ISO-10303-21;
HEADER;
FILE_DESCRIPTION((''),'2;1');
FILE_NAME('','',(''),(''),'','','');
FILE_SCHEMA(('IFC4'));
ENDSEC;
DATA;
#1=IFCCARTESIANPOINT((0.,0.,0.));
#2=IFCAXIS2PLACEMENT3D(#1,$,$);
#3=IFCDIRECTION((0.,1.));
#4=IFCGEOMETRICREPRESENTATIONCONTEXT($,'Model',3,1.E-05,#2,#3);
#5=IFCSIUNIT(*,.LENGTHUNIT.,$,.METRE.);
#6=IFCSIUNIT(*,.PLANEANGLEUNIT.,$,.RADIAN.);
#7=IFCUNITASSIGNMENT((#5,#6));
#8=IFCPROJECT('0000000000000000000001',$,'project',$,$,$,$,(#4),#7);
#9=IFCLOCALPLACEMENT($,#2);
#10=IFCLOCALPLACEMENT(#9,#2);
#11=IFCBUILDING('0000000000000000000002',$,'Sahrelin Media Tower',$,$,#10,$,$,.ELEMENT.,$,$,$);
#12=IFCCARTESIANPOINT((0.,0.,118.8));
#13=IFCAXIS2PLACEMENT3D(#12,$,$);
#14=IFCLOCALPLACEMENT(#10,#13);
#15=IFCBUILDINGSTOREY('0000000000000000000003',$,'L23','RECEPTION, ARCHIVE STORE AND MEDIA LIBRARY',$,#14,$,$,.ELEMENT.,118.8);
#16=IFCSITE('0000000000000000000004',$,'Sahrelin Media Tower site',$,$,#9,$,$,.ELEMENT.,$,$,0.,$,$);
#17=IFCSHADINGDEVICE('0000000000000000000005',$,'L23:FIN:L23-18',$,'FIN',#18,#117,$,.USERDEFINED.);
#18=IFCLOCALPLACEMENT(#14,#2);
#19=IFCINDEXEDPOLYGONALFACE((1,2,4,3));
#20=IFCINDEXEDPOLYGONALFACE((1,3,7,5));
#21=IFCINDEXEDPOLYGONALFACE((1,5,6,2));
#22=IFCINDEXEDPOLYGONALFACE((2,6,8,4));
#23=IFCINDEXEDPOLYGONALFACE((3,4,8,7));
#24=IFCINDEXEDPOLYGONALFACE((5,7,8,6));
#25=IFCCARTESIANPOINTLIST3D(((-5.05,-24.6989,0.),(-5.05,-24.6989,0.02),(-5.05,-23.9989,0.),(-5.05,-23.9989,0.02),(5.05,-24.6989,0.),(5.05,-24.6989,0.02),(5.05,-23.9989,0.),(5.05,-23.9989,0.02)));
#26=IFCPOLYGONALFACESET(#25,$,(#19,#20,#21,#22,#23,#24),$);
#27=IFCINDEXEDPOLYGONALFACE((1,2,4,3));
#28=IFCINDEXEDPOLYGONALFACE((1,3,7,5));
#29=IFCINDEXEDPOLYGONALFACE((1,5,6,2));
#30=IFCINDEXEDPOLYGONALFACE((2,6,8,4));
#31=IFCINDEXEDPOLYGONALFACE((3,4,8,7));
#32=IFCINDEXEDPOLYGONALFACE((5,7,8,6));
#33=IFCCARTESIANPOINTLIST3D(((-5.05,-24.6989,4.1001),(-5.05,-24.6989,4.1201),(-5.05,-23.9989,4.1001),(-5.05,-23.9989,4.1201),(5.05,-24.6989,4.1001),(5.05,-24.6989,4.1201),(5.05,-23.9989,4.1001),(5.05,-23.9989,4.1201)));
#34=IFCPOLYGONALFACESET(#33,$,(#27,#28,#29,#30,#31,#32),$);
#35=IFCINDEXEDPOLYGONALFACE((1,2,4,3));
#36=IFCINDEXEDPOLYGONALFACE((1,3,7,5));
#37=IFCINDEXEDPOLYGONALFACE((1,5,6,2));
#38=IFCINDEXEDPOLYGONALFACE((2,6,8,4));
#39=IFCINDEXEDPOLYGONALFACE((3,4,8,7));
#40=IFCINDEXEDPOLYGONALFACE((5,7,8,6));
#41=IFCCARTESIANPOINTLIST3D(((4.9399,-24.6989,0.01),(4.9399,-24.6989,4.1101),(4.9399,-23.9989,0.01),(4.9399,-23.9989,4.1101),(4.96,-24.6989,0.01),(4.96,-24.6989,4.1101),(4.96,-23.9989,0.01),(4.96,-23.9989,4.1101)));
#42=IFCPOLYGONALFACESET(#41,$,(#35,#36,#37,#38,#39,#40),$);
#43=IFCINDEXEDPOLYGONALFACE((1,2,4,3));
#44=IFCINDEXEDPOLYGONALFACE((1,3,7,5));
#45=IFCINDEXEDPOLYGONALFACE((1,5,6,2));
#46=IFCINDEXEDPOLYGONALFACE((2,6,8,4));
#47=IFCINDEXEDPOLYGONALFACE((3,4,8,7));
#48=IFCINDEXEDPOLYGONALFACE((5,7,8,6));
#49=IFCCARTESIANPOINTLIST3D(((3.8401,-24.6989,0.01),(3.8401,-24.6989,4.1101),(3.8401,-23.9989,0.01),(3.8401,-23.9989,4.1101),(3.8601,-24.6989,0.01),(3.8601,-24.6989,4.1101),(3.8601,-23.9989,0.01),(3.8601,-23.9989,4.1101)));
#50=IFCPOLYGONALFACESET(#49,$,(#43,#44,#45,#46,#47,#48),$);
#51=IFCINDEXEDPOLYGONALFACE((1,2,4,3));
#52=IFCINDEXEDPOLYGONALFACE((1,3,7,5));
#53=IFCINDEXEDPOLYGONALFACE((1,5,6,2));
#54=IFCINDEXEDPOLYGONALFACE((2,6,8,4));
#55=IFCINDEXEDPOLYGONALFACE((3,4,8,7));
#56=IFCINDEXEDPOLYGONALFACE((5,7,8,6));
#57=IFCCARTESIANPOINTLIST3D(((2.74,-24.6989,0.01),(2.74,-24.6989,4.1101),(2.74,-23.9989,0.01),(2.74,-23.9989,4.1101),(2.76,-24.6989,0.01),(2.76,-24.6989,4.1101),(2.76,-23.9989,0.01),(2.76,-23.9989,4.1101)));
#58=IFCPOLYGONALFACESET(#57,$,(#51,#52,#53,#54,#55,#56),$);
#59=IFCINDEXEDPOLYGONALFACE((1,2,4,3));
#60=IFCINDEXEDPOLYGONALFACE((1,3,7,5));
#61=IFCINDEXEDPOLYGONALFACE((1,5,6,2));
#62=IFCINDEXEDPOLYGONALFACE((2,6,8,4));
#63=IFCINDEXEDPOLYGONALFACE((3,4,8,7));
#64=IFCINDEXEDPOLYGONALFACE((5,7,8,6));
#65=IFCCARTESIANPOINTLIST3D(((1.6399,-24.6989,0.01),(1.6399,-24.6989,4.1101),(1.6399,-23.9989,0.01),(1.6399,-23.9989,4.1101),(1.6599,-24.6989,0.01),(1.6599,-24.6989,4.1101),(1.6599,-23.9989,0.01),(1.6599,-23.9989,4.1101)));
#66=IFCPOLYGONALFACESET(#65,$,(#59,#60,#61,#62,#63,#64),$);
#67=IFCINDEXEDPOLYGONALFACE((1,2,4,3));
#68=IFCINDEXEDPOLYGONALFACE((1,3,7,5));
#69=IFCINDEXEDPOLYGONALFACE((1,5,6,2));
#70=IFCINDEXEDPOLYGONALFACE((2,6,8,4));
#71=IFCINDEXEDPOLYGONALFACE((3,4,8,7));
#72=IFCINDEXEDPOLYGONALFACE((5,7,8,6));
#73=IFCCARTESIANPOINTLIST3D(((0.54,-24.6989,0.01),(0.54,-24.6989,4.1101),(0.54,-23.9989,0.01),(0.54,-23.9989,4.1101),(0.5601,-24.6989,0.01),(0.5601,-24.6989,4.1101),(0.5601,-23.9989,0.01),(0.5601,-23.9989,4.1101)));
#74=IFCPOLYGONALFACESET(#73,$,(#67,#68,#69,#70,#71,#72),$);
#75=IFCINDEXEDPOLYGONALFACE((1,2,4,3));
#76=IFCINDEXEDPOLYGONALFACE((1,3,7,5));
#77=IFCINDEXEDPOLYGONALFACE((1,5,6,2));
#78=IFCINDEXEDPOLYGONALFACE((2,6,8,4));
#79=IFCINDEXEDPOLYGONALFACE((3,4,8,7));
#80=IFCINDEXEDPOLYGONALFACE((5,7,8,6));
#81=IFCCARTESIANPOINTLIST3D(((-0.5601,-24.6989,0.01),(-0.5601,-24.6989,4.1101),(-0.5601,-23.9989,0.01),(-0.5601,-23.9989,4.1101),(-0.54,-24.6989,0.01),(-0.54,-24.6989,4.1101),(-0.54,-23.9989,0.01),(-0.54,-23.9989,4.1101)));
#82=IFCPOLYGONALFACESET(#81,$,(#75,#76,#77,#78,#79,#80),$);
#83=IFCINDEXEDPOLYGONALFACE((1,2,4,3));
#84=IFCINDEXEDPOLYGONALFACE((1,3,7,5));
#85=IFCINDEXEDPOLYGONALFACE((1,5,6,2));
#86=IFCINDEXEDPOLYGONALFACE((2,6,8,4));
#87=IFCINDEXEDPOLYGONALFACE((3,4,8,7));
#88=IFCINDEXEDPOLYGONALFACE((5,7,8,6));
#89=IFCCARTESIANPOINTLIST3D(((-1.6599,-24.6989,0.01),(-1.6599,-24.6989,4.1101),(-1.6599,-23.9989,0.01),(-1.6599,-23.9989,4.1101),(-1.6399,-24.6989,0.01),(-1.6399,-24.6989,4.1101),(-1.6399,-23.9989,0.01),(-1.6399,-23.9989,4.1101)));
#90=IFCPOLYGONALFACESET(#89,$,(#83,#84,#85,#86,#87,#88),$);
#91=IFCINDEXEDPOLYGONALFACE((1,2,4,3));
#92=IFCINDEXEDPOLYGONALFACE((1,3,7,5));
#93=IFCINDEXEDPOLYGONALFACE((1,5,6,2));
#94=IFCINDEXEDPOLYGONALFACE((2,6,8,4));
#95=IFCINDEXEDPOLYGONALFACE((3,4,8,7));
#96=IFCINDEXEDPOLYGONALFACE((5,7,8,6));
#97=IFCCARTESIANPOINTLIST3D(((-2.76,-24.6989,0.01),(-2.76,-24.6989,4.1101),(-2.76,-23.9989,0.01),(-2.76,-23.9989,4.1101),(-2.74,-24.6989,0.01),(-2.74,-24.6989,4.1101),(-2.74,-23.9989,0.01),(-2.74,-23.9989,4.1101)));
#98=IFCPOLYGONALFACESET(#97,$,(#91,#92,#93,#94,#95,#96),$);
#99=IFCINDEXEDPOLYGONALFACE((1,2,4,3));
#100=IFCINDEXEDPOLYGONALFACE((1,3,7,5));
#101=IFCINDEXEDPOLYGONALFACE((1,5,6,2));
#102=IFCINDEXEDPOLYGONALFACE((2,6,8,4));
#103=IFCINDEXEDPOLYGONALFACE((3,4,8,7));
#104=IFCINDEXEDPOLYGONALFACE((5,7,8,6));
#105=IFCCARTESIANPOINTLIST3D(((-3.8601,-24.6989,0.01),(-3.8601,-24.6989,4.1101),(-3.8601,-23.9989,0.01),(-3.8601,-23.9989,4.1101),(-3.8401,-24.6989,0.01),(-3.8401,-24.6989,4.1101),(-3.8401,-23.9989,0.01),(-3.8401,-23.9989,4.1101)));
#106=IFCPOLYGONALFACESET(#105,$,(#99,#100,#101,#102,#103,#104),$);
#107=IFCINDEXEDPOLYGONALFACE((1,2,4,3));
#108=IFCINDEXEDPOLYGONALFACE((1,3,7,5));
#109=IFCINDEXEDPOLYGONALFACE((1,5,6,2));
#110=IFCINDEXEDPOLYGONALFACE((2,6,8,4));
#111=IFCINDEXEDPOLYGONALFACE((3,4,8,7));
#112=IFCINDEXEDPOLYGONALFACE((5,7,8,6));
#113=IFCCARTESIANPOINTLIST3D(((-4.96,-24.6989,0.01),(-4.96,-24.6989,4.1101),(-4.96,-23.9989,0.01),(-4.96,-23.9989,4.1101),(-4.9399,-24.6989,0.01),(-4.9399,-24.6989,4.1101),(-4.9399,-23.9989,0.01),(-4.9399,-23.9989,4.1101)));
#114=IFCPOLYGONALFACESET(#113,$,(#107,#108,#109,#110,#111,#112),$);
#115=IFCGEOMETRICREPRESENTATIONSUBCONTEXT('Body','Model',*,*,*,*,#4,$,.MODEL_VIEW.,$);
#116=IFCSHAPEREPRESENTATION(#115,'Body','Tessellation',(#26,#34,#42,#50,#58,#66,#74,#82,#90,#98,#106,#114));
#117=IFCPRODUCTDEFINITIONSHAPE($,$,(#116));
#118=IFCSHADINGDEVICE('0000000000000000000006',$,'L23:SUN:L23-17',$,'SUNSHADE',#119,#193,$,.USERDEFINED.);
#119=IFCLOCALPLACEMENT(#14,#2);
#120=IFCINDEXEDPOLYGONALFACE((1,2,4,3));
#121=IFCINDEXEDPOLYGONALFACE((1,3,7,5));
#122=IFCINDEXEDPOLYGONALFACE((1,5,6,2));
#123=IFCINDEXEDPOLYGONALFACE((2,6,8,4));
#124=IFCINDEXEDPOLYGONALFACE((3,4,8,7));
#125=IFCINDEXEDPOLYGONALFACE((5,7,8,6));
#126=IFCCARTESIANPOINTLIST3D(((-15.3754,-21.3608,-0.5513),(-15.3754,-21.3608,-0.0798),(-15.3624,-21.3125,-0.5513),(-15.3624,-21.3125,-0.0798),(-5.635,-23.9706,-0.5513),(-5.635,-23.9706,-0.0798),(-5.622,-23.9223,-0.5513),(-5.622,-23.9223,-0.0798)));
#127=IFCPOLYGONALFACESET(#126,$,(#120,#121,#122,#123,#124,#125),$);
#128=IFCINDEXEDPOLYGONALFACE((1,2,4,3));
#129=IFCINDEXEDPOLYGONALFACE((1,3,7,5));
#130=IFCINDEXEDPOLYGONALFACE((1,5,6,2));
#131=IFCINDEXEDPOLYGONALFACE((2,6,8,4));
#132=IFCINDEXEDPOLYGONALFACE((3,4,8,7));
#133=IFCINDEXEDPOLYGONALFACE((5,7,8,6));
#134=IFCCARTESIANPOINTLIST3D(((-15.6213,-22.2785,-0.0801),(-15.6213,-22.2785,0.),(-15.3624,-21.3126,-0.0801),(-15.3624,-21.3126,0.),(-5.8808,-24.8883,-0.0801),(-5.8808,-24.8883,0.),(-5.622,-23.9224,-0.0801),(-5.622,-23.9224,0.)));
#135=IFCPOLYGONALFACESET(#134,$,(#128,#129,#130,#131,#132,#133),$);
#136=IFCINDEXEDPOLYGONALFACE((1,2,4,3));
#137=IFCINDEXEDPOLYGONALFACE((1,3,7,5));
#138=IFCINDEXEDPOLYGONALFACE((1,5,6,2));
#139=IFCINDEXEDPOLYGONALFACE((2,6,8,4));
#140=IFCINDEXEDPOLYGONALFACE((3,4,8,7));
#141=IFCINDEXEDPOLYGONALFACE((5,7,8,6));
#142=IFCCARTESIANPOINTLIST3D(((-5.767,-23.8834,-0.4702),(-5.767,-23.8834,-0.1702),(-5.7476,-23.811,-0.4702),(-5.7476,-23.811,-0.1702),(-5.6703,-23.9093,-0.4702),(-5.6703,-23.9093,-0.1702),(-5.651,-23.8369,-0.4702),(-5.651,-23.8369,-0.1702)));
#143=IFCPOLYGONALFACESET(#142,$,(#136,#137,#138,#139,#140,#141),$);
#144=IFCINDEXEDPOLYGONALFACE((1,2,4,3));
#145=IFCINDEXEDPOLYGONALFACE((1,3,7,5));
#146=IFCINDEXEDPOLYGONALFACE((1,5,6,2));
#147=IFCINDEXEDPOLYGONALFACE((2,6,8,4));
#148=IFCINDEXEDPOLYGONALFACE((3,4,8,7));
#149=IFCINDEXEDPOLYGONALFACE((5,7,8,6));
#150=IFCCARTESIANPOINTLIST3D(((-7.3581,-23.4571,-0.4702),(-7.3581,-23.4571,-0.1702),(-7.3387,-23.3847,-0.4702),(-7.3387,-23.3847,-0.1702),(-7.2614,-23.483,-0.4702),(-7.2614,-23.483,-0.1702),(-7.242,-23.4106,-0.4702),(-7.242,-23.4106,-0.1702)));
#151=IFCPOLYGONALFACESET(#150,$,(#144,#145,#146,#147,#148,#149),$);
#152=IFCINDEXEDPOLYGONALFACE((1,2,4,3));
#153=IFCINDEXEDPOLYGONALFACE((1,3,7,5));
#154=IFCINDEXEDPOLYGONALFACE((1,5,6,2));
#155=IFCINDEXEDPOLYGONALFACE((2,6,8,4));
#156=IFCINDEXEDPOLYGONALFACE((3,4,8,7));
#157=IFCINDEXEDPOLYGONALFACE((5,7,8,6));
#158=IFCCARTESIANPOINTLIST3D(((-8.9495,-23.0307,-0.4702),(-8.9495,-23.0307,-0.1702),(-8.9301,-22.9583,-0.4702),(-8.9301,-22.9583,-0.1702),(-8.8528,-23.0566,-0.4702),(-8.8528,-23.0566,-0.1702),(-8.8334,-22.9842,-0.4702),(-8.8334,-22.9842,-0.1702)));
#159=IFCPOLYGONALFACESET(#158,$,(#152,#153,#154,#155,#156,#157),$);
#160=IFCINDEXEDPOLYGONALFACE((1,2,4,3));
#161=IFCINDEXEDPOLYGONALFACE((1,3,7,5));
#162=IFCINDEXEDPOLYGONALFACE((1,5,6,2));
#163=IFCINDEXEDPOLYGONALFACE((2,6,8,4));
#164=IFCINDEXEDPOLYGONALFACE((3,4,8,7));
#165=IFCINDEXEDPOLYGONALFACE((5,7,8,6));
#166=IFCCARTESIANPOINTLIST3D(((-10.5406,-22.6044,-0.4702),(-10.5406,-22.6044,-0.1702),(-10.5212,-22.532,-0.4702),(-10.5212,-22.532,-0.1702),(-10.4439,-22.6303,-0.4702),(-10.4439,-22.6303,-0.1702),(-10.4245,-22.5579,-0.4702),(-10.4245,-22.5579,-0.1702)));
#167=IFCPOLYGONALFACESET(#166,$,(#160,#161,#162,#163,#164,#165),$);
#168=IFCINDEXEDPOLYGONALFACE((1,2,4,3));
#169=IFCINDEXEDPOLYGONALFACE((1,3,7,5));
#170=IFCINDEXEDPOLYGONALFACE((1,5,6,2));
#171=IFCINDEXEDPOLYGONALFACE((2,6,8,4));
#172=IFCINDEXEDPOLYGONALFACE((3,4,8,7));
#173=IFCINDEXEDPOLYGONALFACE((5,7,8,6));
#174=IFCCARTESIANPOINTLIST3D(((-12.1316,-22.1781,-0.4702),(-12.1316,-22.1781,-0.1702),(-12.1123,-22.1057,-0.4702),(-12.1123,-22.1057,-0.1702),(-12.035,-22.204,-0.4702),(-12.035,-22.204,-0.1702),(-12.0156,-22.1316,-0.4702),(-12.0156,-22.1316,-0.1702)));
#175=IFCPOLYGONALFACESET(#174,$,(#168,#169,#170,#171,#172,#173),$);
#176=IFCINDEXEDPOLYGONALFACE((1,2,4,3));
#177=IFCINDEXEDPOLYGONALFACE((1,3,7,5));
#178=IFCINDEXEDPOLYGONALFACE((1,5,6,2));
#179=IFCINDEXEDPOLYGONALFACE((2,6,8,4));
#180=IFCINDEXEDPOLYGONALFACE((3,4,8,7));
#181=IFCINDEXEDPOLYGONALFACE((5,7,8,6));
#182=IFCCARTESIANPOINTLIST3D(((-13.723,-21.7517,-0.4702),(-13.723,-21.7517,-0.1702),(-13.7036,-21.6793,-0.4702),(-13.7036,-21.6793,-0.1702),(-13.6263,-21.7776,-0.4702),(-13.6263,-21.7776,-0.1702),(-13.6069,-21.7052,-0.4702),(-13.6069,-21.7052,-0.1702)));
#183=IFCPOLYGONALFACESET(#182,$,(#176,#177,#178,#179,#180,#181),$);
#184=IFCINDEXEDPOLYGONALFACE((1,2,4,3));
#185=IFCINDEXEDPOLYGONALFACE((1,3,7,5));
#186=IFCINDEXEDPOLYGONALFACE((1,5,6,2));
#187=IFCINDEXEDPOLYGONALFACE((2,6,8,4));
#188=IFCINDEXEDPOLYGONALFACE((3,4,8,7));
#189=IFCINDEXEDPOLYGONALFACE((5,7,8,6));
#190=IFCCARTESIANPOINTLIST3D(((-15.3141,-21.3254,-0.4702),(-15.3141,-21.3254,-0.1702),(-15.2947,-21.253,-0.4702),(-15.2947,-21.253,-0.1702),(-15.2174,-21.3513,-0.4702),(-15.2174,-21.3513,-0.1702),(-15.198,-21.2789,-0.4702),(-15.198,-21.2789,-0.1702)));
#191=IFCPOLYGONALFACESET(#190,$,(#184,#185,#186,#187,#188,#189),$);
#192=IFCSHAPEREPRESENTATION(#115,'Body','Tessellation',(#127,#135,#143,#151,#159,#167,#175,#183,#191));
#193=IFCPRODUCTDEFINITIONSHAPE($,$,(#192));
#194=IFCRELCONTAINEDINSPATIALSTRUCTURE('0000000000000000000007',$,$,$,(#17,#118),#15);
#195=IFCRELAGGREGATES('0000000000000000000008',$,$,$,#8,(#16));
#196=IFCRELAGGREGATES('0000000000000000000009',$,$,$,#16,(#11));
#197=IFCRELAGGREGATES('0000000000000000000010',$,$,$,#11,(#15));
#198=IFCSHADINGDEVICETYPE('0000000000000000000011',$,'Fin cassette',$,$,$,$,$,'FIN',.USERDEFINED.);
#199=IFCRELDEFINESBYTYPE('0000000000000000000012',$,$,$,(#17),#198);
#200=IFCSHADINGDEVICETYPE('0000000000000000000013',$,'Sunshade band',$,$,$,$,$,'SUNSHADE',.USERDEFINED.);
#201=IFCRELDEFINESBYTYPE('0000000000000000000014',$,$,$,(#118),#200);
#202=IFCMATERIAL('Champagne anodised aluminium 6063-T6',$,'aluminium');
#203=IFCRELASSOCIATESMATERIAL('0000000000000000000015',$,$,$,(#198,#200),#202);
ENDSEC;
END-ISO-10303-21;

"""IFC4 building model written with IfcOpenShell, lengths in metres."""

from ifc_helpers import new_model, si_unit, direction, frame, origin, origin_2d, place, context, subcontext, project, spatial, rectangle, extrude, material, type_object, element, save


model = new_model("IFC4")

# Units and contexts
model_context = context("Model", 3, precision=1e-05, world=origin(), true_north=direction((0.0, 1.0)))
body_context = subcontext(model_context, "Body", "Model", "MODEL_VIEW")
ifc_project = project(units=[si_unit("LENGTHUNIT", "METRE"), si_unit("PLANEANGLEUNIT", "RADIAN")], contexts=[model_context])

# Site, building, storey
site_placement = place(None, origin())
site = spatial("IfcSite", under=ifc_project, at=site_placement, Name="Sahrelin Media Tower site", CompositionType="ELEMENT", RefElevation=0.0)
building_placement = place(site_placement, origin())
building = spatial("IfcBuilding", under=site, at=building_placement, Name="Sahrelin Media Tower", CompositionType="ELEMENT")
storey_placement = place(building_placement, frame((0.0, 0.0, 118.8)))
storey = spatial("IfcBuildingStorey", under=building, at=storey_placement, Name="L23", Description="RECEPTION, ARCHIVE STORE AND MEDIA LIBRARY", CompositionType="ELEMENT", Elevation=118.8)

# Shared definitions
ifc_material_1 = material(Name="Champagne anodised aluminium 6063-T6", Category="aluminium")

# Shading devices
shading_device_type_1 = type_object("IfcShadingDeviceType", Name="Fin cassette", ElementType="FIN", PredefinedType="USERDEFINED", material=ifc_material_1)
placement_1 = place(storey_placement, frame((-10.4871, -22.5981, 0.0), z_axis=(0.0, 0.0, 1.0), x_axis=(-0.965929, 0.258808, 0.0)))
placement_2 = place(storey_placement, frame((0.0, -23.929, 0.0), z_axis=(0.0, 0.0, 1.0), x_axis=(-1.0, 0.0, 0.0)))
element("IfcShadingDevice", 1, at=placement_2, inside=storey, type_object=shading_device_type_1, Name="L23:FIN:L23-18", ObjectType="FIN", PredefinedType="USERDEFINED", context=body_context, shape_type="SweptSolid", body=[
    extrude(rectangle(XDim=10.1001, YDim=0.7, at=origin_2d()), frame((0.0, 0.4199, 0.0)), (0.0, 0.0, 1.0), 0.02),
    extrude(rectangle(XDim=10.1001, YDim=0.7, at=origin_2d()), frame((0.0, 0.4199, 4.1001)), (0.0, 0.0, 1.0), 0.02),
    extrude(rectangle(XDim=0.02, YDim=0.7, at=origin_2d()), frame((-4.95, 0.4199, 0.01), z_axis=(0.0, 0.0, 1.0), x_axis=(1.0, 0.0, 0.0)), (0.0, 0.0, 1.0), 4.1001),
    extrude(rectangle(XDim=0.02, YDim=0.7, at=origin_2d()), frame((-3.8501, 0.4199, 0.01), z_axis=(0.0, 0.0, 1.0), x_axis=(1.0, 0.0, 0.0)), (0.0, 0.0, 1.0), 4.1001),
    extrude(rectangle(XDim=0.02, YDim=0.7, at=origin_2d()), frame((-2.75, 0.4199, 0.01), z_axis=(0.0, 0.0, 1.0), x_axis=(1.0, 0.0, 0.0)), (0.0, 0.0, 1.0), 4.1001),
    extrude(rectangle(XDim=0.02, YDim=0.7, at=origin_2d()), frame((-1.6499, 0.4199, 0.01), z_axis=(0.0, 0.0, 1.0), x_axis=(1.0, 0.0, 0.0)), (0.0, 0.0, 1.0), 4.1001),
    extrude(rectangle(XDim=0.02, YDim=0.7, at=origin_2d()), frame((-0.55, 0.4199, 0.01), z_axis=(0.0, 0.0, 1.0), x_axis=(1.0, 0.0, 0.0)), (0.0, 0.0, 1.0), 4.1001),
    extrude(rectangle(XDim=0.02, YDim=0.7, at=origin_2d()), frame((0.55, 0.4199, 0.01), z_axis=(0.0, 0.0, 1.0), x_axis=(1.0, 0.0, 0.0)), (0.0, 0.0, 1.0), 4.1001),
    extrude(rectangle(XDim=0.02, YDim=0.7, at=origin_2d()), frame((1.6499, 0.4199, 0.01), z_axis=(0.0, 0.0, 1.0), x_axis=(1.0, 0.0, 0.0)), (0.0, 0.0, 1.0), 4.1001),
    extrude(rectangle(XDim=0.02, YDim=0.7, at=origin_2d()), frame((2.75, 0.4199, 0.01), z_axis=(0.0, 0.0, 1.0), x_axis=(1.0, 0.0, 0.0)), (0.0, 0.0, 1.0), 4.1001),
    extrude(rectangle(XDim=0.02, YDim=0.7, at=origin_2d()), frame((3.8501, 0.4199, 0.01), z_axis=(0.0, 0.0, 1.0), x_axis=(1.0, 0.0, 0.0)), (0.0, 0.0, 1.0), 4.1001),
    extrude(rectangle(XDim=0.02, YDim=0.7, at=origin_2d()), frame((4.95, 0.4199, 0.01), z_axis=(0.0, 0.0, 1.0), x_axis=(1.0, 0.0, 0.0)), (0.0, 0.0, 1.0), 4.1001),
])
shading_device_type_2 = type_object("IfcShadingDeviceType", Name="Sunshade band", ElementType="SUNSHADE", PredefinedType="USERDEFINED", material=ifc_material_1)
element("IfcShadingDevice", 2, at=placement_1, inside=storey, type_object=shading_device_type_2, Name="L23:SUN:L23-17", ObjectType="SUNSHADE", PredefinedType="USERDEFINED", context=body_context, shape_type="SweptSolid", body=[
    extrude(rectangle(XDim=10.084, YDim=0.05, at=origin_2d()), frame((0.0, 0.0449, -0.5513)), (0.0, 0.0, 1.0), 0.4714),
    extrude(rectangle(XDim=10.084, YDim=1.0, at=origin_2d()), frame((0.0, 0.52, -0.0801)), (0.0, 0.0, 1.0), 0.0801),
    extrude(rectangle(XDim=0.1001, YDim=0.075, at=origin_2d()), frame((-4.9419, -0.0176, -0.4702)), (0.0, 0.0, 1.0), 0.3),
    extrude(rectangle(XDim=0.1001, YDim=0.075, at=origin_2d()), frame((-3.2947, -0.0176, -0.4702)), (0.0, 0.0, 1.0), 0.3),
    extrude(rectangle(XDim=0.1001, YDim=0.075, at=origin_2d()), frame((-1.6472, -0.0176, -0.4702)), (0.0, 0.0, 1.0), 0.3),
    extrude(rectangle(XDim=0.1001, YDim=0.075, at=origin_2d()), frame((0.0, -0.0176, -0.4702)), (0.0, 0.0, 1.0), 0.3),
    extrude(rectangle(XDim=0.1001, YDim=0.075, at=origin_2d()), frame((1.6472, -0.0176, -0.4702)), (0.0, 0.0, 1.0), 0.3),
    extrude(rectangle(XDim=0.1001, YDim=0.075, at=origin_2d()), frame((3.2947, -0.0176, -0.4702)), (0.0, 0.0, 1.0), 0.3),
    extrude(rectangle(XDim=0.1001, YDim=0.075, at=origin_2d()), frame((4.9419, -0.0176, -0.4702)), (0.0, 0.0, 1.0), 0.3),
])

save(model, "model.ifc")
